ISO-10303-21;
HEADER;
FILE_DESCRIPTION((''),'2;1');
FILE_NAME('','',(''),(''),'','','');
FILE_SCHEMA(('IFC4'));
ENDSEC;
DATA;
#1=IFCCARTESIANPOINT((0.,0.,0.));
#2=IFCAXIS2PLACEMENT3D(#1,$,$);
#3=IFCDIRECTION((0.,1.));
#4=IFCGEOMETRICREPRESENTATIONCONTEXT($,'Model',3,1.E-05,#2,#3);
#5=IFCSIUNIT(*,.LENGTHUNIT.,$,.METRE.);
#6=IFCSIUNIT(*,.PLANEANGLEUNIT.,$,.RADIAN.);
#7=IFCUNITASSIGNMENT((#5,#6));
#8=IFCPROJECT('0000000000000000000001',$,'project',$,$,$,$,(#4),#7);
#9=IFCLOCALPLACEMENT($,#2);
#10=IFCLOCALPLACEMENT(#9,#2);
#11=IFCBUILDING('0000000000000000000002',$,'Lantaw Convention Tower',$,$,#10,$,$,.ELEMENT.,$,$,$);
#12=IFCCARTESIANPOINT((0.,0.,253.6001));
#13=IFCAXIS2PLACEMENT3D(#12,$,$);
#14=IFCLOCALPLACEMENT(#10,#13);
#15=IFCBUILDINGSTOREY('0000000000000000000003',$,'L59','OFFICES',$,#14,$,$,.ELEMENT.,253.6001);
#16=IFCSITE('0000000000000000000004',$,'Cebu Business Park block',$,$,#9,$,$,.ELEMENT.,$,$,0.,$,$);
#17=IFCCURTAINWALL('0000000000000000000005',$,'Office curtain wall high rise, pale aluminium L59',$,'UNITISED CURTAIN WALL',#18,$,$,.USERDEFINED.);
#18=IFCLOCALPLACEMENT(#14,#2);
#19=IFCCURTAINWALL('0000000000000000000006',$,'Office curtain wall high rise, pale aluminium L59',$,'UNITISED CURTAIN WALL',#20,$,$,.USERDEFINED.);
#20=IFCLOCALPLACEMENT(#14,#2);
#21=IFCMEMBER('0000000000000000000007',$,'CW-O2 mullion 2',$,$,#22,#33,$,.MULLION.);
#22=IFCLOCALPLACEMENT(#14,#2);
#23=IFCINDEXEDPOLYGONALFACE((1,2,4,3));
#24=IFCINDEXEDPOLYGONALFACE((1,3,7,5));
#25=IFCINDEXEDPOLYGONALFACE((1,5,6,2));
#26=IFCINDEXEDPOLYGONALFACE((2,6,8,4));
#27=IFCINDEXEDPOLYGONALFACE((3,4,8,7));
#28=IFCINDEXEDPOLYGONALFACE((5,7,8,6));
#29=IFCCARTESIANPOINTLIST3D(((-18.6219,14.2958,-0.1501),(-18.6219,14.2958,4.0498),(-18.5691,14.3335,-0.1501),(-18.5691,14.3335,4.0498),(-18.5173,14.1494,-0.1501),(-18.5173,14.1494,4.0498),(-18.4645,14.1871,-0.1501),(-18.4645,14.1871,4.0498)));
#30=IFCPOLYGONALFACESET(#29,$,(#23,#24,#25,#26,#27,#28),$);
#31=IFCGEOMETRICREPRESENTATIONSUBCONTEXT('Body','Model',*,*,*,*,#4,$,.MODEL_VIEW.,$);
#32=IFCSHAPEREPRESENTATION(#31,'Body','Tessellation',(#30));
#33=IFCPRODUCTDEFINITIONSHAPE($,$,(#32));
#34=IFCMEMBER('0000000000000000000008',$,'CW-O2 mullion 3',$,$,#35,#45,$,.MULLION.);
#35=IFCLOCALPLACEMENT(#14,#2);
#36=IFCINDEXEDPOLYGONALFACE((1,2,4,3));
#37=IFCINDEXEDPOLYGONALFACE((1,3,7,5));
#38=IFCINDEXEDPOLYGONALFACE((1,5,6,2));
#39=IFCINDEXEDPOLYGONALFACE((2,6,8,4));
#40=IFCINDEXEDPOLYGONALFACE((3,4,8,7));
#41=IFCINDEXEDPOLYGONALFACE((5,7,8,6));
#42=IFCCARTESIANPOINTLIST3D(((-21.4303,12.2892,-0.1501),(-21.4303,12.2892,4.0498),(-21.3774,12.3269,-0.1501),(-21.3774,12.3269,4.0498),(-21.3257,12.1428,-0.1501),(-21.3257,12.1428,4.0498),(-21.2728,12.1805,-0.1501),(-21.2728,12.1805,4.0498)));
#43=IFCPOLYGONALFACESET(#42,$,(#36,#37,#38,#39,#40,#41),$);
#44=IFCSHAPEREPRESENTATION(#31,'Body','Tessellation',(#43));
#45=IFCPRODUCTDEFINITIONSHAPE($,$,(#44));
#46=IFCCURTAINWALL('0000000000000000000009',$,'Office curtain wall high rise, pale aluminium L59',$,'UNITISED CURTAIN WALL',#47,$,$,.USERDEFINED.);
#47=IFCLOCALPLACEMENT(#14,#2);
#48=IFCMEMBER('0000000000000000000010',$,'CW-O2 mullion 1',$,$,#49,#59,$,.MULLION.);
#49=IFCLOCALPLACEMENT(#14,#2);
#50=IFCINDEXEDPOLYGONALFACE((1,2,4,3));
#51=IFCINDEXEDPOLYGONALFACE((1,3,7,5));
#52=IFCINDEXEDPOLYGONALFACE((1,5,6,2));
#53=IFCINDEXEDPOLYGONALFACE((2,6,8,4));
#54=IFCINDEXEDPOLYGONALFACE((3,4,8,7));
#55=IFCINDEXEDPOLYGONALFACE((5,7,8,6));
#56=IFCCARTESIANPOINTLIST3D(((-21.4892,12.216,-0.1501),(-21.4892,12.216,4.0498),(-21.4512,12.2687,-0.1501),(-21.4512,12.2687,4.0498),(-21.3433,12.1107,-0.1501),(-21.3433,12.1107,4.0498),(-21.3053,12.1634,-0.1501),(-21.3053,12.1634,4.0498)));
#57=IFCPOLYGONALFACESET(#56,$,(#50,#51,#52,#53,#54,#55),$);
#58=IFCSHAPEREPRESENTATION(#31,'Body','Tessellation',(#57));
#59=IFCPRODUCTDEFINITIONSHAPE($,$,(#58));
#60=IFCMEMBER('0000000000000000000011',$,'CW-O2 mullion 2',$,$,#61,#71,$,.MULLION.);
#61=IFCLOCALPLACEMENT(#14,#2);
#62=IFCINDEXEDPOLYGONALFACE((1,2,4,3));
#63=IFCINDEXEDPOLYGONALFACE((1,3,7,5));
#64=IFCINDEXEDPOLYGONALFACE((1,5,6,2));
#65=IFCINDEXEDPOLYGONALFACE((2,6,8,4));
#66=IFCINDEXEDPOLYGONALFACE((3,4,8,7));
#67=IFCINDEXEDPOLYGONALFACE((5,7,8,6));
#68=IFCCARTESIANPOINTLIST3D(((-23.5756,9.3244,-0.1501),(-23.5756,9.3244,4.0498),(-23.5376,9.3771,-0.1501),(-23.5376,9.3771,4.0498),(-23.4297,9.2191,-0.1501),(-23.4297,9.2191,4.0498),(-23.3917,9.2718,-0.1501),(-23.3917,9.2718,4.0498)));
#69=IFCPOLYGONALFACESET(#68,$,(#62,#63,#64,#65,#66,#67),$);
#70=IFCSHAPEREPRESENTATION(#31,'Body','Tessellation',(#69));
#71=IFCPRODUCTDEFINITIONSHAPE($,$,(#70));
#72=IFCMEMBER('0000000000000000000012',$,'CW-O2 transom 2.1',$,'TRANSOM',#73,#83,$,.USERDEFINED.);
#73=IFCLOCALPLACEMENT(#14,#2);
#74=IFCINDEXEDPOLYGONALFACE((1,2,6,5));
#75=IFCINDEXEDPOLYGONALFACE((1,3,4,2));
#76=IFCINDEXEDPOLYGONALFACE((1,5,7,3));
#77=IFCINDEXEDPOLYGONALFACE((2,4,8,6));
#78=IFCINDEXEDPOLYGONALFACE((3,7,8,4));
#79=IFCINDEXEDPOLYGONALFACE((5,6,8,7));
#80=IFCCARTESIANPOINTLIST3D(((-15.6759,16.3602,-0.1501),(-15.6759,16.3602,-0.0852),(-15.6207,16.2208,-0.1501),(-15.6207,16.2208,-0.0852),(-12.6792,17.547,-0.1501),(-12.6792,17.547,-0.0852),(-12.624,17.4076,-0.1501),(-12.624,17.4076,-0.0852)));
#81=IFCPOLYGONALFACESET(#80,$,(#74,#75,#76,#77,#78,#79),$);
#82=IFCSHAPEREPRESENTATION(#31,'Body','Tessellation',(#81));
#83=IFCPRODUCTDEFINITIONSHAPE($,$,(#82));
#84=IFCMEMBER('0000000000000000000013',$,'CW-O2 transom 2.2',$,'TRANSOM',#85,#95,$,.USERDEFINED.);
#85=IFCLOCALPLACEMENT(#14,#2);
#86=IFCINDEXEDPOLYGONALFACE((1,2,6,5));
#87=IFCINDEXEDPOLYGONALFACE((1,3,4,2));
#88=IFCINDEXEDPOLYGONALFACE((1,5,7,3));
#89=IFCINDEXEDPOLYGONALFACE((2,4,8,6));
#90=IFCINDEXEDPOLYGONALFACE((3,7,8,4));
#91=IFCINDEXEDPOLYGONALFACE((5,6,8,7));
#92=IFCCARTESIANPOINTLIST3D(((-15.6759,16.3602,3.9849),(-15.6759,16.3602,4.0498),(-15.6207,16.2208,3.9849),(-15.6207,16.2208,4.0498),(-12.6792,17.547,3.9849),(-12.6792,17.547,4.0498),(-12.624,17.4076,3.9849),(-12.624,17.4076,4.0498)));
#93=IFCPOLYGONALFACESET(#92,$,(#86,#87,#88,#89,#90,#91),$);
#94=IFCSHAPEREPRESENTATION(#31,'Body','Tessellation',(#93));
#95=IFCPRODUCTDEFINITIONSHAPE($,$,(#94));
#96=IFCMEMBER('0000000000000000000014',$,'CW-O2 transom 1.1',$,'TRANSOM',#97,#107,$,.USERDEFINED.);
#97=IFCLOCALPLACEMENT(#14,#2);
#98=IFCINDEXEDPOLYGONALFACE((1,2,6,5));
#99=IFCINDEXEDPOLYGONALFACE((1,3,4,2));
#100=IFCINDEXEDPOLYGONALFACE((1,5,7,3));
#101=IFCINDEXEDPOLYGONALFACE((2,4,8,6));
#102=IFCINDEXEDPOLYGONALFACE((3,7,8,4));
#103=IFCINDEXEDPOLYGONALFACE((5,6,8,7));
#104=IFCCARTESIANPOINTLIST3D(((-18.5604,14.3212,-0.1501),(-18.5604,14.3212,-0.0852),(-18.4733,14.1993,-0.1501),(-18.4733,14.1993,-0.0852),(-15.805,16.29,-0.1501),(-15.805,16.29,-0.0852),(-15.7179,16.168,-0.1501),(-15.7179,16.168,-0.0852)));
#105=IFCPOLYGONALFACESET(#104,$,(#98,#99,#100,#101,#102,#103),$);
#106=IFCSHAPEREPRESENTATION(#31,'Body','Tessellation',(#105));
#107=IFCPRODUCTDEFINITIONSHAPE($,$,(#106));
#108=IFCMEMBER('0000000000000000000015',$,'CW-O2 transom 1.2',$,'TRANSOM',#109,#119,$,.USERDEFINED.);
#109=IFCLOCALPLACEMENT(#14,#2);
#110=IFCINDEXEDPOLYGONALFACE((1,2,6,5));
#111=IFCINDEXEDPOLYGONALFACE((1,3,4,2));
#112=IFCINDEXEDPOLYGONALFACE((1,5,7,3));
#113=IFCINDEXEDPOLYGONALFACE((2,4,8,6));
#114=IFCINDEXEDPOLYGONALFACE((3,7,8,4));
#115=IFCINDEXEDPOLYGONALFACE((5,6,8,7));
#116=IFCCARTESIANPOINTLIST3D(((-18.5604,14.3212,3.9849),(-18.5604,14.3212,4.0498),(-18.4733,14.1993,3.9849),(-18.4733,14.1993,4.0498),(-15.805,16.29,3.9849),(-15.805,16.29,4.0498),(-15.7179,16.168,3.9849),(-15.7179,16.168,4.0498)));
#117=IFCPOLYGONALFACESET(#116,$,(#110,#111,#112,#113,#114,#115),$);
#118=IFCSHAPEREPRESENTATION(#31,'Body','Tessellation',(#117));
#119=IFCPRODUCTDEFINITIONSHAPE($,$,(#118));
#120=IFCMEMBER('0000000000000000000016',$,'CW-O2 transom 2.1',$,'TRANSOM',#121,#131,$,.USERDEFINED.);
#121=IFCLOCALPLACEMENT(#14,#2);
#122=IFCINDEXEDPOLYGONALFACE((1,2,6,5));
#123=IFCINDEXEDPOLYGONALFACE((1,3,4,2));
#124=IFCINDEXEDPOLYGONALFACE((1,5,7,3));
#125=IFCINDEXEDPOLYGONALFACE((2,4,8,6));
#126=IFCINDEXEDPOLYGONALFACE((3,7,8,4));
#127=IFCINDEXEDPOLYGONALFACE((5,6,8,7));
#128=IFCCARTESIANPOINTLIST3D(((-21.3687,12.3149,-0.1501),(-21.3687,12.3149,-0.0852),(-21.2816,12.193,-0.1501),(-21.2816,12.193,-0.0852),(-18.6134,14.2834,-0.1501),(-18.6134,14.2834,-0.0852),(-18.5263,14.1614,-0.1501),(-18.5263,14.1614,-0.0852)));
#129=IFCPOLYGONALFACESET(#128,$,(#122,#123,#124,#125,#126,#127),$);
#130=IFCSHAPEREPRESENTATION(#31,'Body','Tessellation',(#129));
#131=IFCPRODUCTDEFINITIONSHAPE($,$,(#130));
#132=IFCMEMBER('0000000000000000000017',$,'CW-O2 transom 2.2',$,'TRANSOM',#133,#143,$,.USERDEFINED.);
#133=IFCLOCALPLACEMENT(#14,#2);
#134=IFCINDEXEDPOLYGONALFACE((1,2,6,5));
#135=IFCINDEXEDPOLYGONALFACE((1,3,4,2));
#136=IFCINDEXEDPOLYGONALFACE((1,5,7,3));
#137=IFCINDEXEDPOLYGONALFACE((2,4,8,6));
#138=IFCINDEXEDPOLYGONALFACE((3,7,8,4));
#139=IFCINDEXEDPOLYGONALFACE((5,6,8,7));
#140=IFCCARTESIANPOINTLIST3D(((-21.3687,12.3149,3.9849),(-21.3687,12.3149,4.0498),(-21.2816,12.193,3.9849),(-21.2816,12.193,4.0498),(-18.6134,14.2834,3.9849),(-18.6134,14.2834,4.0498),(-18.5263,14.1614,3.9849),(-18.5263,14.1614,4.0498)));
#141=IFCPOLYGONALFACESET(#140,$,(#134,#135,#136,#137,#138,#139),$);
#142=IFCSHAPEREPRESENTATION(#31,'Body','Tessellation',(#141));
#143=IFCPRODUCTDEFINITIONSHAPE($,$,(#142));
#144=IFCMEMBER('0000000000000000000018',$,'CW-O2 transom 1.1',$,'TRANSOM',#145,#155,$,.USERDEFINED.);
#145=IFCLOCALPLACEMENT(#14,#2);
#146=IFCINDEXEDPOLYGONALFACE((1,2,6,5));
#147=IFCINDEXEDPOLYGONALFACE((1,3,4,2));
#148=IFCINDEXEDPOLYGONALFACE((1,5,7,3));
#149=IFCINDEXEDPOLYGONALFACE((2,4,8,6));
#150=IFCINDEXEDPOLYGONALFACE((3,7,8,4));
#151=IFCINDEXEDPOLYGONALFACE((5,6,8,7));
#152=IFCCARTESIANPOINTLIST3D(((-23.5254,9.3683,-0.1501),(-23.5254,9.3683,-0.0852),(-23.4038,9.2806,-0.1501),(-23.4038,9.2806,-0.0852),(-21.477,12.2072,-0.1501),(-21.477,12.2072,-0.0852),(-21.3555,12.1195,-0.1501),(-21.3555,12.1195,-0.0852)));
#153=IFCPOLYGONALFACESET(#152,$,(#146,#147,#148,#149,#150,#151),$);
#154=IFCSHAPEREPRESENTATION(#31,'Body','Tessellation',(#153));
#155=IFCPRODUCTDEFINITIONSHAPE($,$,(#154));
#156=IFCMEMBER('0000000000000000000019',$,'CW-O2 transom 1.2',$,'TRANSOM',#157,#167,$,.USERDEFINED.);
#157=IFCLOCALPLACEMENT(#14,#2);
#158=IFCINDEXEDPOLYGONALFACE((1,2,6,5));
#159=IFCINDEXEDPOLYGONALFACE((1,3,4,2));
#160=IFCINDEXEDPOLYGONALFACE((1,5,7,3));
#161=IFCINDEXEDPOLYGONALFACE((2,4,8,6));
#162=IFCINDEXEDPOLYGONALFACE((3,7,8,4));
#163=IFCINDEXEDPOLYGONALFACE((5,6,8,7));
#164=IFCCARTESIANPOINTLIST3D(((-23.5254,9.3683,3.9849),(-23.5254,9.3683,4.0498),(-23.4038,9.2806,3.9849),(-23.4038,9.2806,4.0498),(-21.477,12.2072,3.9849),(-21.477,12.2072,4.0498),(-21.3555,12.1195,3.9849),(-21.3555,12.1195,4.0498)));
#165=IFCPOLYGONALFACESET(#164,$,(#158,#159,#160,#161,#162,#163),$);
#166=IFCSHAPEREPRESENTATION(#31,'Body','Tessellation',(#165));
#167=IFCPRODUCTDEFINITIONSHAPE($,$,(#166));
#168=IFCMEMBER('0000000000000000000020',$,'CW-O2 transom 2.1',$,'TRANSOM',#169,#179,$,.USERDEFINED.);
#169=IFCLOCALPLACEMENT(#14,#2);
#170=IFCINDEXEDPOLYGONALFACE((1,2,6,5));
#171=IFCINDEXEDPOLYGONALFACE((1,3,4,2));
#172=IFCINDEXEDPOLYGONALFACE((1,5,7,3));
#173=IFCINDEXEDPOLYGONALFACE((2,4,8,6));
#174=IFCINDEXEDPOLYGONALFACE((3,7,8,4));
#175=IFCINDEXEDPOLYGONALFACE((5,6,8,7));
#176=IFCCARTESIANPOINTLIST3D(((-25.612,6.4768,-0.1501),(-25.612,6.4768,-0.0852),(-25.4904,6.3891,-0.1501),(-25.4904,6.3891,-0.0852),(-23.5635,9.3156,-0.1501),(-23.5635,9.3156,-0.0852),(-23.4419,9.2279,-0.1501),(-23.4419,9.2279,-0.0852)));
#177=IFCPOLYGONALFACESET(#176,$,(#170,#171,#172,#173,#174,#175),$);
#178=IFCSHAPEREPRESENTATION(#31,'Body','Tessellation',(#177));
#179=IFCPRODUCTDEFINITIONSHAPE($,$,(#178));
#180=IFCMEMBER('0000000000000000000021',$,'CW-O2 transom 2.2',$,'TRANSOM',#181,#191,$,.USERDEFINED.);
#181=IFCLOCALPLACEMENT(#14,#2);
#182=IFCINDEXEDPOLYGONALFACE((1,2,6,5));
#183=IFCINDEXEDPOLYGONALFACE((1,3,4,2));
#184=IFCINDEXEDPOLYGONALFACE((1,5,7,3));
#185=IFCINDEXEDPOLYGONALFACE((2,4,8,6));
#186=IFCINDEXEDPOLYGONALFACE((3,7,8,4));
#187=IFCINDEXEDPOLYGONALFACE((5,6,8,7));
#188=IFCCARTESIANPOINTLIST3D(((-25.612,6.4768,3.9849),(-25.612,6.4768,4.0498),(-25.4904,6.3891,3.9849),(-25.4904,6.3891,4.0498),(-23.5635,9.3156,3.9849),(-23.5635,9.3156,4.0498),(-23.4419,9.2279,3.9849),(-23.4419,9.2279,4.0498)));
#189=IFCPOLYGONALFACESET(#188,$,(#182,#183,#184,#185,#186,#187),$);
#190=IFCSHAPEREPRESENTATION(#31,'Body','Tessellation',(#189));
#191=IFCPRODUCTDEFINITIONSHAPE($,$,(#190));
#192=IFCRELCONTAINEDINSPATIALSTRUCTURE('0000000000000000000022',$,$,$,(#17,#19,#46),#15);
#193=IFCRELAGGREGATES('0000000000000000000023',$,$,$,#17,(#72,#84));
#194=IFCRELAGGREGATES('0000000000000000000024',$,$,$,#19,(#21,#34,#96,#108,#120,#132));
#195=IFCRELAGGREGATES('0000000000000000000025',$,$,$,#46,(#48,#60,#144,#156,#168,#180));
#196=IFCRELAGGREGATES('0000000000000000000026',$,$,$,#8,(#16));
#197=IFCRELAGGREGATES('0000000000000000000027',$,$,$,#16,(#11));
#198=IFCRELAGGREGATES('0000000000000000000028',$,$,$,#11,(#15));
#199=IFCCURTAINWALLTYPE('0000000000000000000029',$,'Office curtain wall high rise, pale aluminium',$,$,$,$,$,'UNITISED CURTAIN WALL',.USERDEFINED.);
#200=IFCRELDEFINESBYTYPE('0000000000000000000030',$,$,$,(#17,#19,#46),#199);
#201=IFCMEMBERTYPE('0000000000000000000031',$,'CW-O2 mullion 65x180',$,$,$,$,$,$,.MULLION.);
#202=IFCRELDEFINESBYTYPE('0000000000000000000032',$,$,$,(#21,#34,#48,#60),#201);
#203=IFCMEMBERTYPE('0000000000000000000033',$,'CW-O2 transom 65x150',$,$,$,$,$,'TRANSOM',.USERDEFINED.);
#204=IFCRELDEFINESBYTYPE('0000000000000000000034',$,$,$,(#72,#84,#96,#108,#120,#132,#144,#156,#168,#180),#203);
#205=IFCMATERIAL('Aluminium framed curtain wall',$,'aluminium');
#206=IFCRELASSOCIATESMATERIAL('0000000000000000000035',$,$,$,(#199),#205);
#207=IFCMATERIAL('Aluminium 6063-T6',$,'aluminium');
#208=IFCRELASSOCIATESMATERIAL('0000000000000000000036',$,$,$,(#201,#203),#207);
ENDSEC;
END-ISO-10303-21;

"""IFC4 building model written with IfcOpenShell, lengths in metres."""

from ifc_helpers import new_model, si_unit, direction, frame, origin, origin_2d, place, context, subcontext, project, spatial, rectangle, extrude, material, material_profile, profile_set, type_object, element, aggregate, save


model = new_model("IFC4")

# Units and contexts
model_context = context("Model", 3, precision=1e-05, world=origin(), true_north=direction((0.0, 1.0)))
body_context = subcontext(model_context, "Body", "Model", "MODEL_VIEW")
ifc_project = project(units=[si_unit("LENGTHUNIT", "METRE"), si_unit("PLANEANGLEUNIT", "RADIAN")], contexts=[model_context])

# Site, building, storey
site_placement = place(None, origin())
site = spatial("IfcSite", under=ifc_project, at=site_placement, Name="Cebu Business Park block", CompositionType="ELEMENT", RefElevation=0.0)
building_placement = place(site_placement, origin())
building = spatial("IfcBuilding", under=site, at=building_placement, Name="Lantaw Convention Tower", CompositionType="ELEMENT")
storey_placement = place(building_placement, frame((0.0, 0.0, 253.6001)))
storey = spatial("IfcBuildingStorey", under=building, at=storey_placement, Name="L59", Description="OFFICES", CompositionType="ELEMENT", Elevation=253.6001)

# Curtain walls, members
ifc_material_1 = material(Name="Aluminium framed curtain wall", Category="aluminium")
curtain_wall_type = type_object("IfcCurtainWallType", Name="Office curtain wall high rise, pale aluminium", ElementType="UNITISED CURTAIN WALL", PredefinedType="USERDEFINED", material=ifc_material_1)
curtain_wall_1_placement = place(storey_placement, origin())
curtain_wall_1 = element("IfcCurtainWall", 1, at=curtain_wall_1_placement, inside=storey, type_object=curtain_wall_type, Name="Office curtain wall high rise, pale aluminium L59", ObjectType="UNITISED CURTAIN WALL", PredefinedType="USERDEFINED")
ifc_material_2 = material(Name="Aluminium 6063-T6", Category="aluminium")
ifc_material_profile_1 = material_profile(ifc_material_2, rectangle(XDim=0.1799, YDim=0.0649, at=origin_2d()), Name="CW-O2 mullion 65x180")
ifc_profile_set_1 = profile_set([ifc_material_profile_1], Name="Aluminium 6063-T6")
member_type_1 = type_object("IfcMemberType", Name="CW-O2 mullion 65x180", PredefinedType="MULLION", material=ifc_profile_set_1)
curtain_wall_2_placement = place(storey_placement, origin())
curtain_wall_2 = element("IfcCurtainWall", 2, at=curtain_wall_2_placement, inside=storey, type_object=curtain_wall_type, Name="Office curtain wall high rise, pale aluminium L59", ObjectType="UNITISED CURTAIN WALL", PredefinedType="USERDEFINED")
member_1_placement = place(storey_placement, frame((-18.5432, 14.2415, -0.1501), z_axis=(0.0, 0.0, 1.0), x_axis=(0.581323, -0.813673, 0.0)))
member_1 = element("IfcMember", 3, at=member_1_placement, type_object=member_type_1, Name="CW-O2 mullion 2", PredefinedType="MULLION", context=body_context, shape_type="SweptSolid", body=[
    extrude(rectangle(XDim=0.1799, YDim=0.0649, at=origin_2d()), origin(), (0.0, 0.0, 1.0), 4.2),
])
member_2_placement = place(storey_placement, frame((-21.3516, 12.2349, -0.1501), z_axis=(0.0, 0.0, 1.0), x_axis=(0.581323, -0.813673, 0.0)))
member_2 = element("IfcMember", 4, at=member_2_placement, type_object=member_type_1, Name="CW-O2 mullion 3", PredefinedType="MULLION", context=body_context, shape_type="SweptSolid", body=[
    extrude(rectangle(XDim=0.1799, YDim=0.0649, at=origin_2d()), origin(), (0.0, 0.0, 1.0), 4.2),
])
curtain_wall_3_placement = place(storey_placement, origin())
curtain_wall_3 = element("IfcCurtainWall", 5, at=curtain_wall_3_placement, inside=storey, type_object=curtain_wall_type, Name="Office curtain wall high rise, pale aluminium L59", ObjectType="UNITISED CURTAIN WALL", PredefinedType="USERDEFINED")
member_3_placement = place(storey_placement, frame((-21.3972, 12.1897, -0.1501), z_axis=(0.0, 0.0, 1.0), x_axis=(0.81092, -0.585158, 0.0)))
member_3 = element("IfcMember", 6, at=member_3_placement, type_object=member_type_1, Name="CW-O2 mullion 1", PredefinedType="MULLION", context=body_context, shape_type="SweptSolid", body=[
    extrude(rectangle(XDim=0.1799, YDim=0.0649, at=origin_2d()), origin(), (0.0, 0.0, 1.0), 4.2),
])
member_4_placement = place(storey_placement, frame((-23.4836, 9.2981, -0.1501), z_axis=(0.0, 0.0, 1.0), x_axis=(0.81092, -0.585158, 0.0)))
member_4 = element("IfcMember", 7, at=member_4_placement, type_object=member_type_1, Name="CW-O2 mullion 2", PredefinedType="MULLION", context=body_context, shape_type="SweptSolid", body=[
    extrude(rectangle(XDim=0.1799, YDim=0.0649, at=origin_2d()), origin(), (0.0, 0.0, 1.0), 4.2),
])

# Members
ifc_material_profile_2 = material_profile(ifc_material_2, rectangle(XDim=0.1499, YDim=0.0649, at=origin_2d()), Name="CW-O2 transom 65x150")
ifc_profile_set_2 = profile_set([ifc_material_profile_2], Name="Aluminium 6063-T6")
member_type_2 = type_object("IfcMemberType", Name="CW-O2 transom 65x150", ElementType="TRANSOM", PredefinedType="USERDEFINED", material=ifc_profile_set_2)
member_5_placement = place(storey_placement, frame((-12.6516, 17.4773, -0.1177), z_axis=(-0.929741, -0.368215, 0.0), x_axis=(0.368215, -0.929741, 0.0)))
member_5 = element("IfcMember", 8, at=member_5_placement, type_object=member_type_2, Name="CW-O2 transom 2.1", ObjectType="TRANSOM", PredefinedType="USERDEFINED", context=body_context, shape_type="SweptSolid", body=[
    extrude(rectangle(XDim=0.1499, YDim=0.0649, at=origin_2d()), origin(), (0.0, 0.0, 1.0), 3.2231),
])
member_6_placement = place(storey_placement, frame((-12.6516, 17.4773, 4.0173), z_axis=(-0.929741, -0.368215, 0.0), x_axis=(0.368215, -0.929741, 0.0)))
member_6 = element("IfcMember", 9, at=member_6_placement, type_object=member_type_2, Name="CW-O2 transom 2.2", ObjectType="TRANSOM", PredefinedType="USERDEFINED", context=body_context, shape_type="SweptSolid", body=[
    extrude(rectangle(XDim=0.1499, YDim=0.0649, at=origin_2d()), origin(), (0.0, 0.0, 1.0), 3.2231),
])
member_7_placement = place(storey_placement, frame((-15.7615, 16.229, -0.1177), z_axis=(-0.813646, -0.581361, 0.0), x_axis=(0.581361, -0.813646, 0.0)))
member_7 = element("IfcMember", 10, at=member_7_placement, type_object=member_type_2, Name="CW-O2 transom 1.1", ObjectType="TRANSOM", PredefinedType="USERDEFINED", context=body_context, shape_type="SweptSolid", body=[
    extrude(rectangle(XDim=0.1499, YDim=0.0649, at=origin_2d()), origin(), (0.0, 0.0, 1.0), 3.3865),
])
member_8_placement = place(storey_placement, frame((-15.7615, 16.229, 4.0173), z_axis=(-0.813646, -0.581361, 0.0), x_axis=(0.581361, -0.813646, 0.0)))
member_8 = element("IfcMember", 11, at=member_8_placement, type_object=member_type_2, Name="CW-O2 transom 1.2", ObjectType="TRANSOM", PredefinedType="USERDEFINED", context=body_context, shape_type="SweptSolid", body=[
    extrude(rectangle(XDim=0.1499, YDim=0.0649, at=origin_2d()), origin(), (0.0, 0.0, 1.0), 3.3865),
])
member_9_placement = place(storey_placement, frame((-18.5698, 14.2224, -0.1177), z_axis=(-0.81368, -0.581313, 0.0), x_axis=(0.581313, -0.81368, 0.0)))
member_9 = element("IfcMember", 12, at=member_9_placement, type_object=member_type_2, Name="CW-O2 transom 2.1", ObjectType="TRANSOM", PredefinedType="USERDEFINED", context=body_context, shape_type="SweptSolid", body=[
    extrude(rectangle(XDim=0.1499, YDim=0.0649, at=origin_2d()), origin(), (0.0, 0.0, 1.0), 3.3862),
])
member_10_placement = place(storey_placement, frame((-18.5698, 14.2224, 4.0173), z_axis=(-0.81368, -0.581313, 0.0), x_axis=(0.581313, -0.81368, 0.0)))
member_10 = element("IfcMember", 13, at=member_10_placement, type_object=member_type_2, Name="CW-O2 transom 2.2", ObjectType="TRANSOM", PredefinedType="USERDEFINED", context=body_context, shape_type="SweptSolid", body=[
    extrude(rectangle(XDim=0.1499, YDim=0.0649, at=origin_2d()), origin(), (0.0, 0.0, 1.0), 3.3862),
])
member_11_placement = place(storey_placement, frame((-21.4163, 12.1633, -0.1177), z_axis=(-0.585124, -0.810944, 0.0), x_axis=(0.810944, -0.585124, 0.0)))
member_11 = element("IfcMember", 14, at=member_11_placement, type_object=member_type_2, Name="CW-O2 transom 1.1", ObjectType="TRANSOM", PredefinedType="USERDEFINED", context=body_context, shape_type="SweptSolid", body=[
    extrude(rectangle(XDim=0.1499, YDim=0.0649, at=origin_2d()), origin(), (0.0, 0.0, 1.0), 3.5007),
])
member_12_placement = place(storey_placement, frame((-21.4163, 12.1633, 4.0173), z_axis=(-0.585124, -0.810944, 0.0), x_axis=(0.810944, -0.585124, 0.0)))
member_12 = element("IfcMember", 15, at=member_12_placement, type_object=member_type_2, Name="CW-O2 transom 1.2", ObjectType="TRANSOM", PredefinedType="USERDEFINED", context=body_context, shape_type="SweptSolid", body=[
    extrude(rectangle(XDim=0.1499, YDim=0.0649, at=origin_2d()), origin(), (0.0, 0.0, 1.0), 3.5007),
])
member_13_placement = place(storey_placement, frame((-23.5027, 9.2717, -0.1177), z_axis=(-0.58517, -0.810911, 0.0), x_axis=(0.810911, -0.58517, 0.0)))
member_13 = element("IfcMember", 16, at=member_13_placement, type_object=member_type_2, Name="CW-O2 transom 2.1", ObjectType="TRANSOM", PredefinedType="USERDEFINED", context=body_context, shape_type="SweptSolid", body=[
    extrude(rectangle(XDim=0.1499, YDim=0.0649, at=origin_2d()), origin(), (0.0, 0.0, 1.0), 3.5007),
])
member_14_placement = place(storey_placement, frame((-23.5027, 9.2717, 4.0173), z_axis=(-0.58517, -0.810911, 0.0), x_axis=(0.810911, -0.58517, 0.0)))
member_14 = element("IfcMember", 17, at=member_14_placement, type_object=member_type_2, Name="CW-O2 transom 2.2", ObjectType="TRANSOM", PredefinedType="USERDEFINED", context=body_context, shape_type="SweptSolid", body=[
    extrude(rectangle(XDim=0.1499, YDim=0.0649, at=origin_2d()), origin(), (0.0, 0.0, 1.0), 3.5007),
])

aggregate(curtain_wall_1, [member_5, member_6])
aggregate(curtain_wall_2, [member_1, member_2, member_7, member_8, member_9, member_10])
aggregate(curtain_wall_3, [member_3, member_4, member_11, member_12, member_13, member_14])

save(model, "model.ifc")
